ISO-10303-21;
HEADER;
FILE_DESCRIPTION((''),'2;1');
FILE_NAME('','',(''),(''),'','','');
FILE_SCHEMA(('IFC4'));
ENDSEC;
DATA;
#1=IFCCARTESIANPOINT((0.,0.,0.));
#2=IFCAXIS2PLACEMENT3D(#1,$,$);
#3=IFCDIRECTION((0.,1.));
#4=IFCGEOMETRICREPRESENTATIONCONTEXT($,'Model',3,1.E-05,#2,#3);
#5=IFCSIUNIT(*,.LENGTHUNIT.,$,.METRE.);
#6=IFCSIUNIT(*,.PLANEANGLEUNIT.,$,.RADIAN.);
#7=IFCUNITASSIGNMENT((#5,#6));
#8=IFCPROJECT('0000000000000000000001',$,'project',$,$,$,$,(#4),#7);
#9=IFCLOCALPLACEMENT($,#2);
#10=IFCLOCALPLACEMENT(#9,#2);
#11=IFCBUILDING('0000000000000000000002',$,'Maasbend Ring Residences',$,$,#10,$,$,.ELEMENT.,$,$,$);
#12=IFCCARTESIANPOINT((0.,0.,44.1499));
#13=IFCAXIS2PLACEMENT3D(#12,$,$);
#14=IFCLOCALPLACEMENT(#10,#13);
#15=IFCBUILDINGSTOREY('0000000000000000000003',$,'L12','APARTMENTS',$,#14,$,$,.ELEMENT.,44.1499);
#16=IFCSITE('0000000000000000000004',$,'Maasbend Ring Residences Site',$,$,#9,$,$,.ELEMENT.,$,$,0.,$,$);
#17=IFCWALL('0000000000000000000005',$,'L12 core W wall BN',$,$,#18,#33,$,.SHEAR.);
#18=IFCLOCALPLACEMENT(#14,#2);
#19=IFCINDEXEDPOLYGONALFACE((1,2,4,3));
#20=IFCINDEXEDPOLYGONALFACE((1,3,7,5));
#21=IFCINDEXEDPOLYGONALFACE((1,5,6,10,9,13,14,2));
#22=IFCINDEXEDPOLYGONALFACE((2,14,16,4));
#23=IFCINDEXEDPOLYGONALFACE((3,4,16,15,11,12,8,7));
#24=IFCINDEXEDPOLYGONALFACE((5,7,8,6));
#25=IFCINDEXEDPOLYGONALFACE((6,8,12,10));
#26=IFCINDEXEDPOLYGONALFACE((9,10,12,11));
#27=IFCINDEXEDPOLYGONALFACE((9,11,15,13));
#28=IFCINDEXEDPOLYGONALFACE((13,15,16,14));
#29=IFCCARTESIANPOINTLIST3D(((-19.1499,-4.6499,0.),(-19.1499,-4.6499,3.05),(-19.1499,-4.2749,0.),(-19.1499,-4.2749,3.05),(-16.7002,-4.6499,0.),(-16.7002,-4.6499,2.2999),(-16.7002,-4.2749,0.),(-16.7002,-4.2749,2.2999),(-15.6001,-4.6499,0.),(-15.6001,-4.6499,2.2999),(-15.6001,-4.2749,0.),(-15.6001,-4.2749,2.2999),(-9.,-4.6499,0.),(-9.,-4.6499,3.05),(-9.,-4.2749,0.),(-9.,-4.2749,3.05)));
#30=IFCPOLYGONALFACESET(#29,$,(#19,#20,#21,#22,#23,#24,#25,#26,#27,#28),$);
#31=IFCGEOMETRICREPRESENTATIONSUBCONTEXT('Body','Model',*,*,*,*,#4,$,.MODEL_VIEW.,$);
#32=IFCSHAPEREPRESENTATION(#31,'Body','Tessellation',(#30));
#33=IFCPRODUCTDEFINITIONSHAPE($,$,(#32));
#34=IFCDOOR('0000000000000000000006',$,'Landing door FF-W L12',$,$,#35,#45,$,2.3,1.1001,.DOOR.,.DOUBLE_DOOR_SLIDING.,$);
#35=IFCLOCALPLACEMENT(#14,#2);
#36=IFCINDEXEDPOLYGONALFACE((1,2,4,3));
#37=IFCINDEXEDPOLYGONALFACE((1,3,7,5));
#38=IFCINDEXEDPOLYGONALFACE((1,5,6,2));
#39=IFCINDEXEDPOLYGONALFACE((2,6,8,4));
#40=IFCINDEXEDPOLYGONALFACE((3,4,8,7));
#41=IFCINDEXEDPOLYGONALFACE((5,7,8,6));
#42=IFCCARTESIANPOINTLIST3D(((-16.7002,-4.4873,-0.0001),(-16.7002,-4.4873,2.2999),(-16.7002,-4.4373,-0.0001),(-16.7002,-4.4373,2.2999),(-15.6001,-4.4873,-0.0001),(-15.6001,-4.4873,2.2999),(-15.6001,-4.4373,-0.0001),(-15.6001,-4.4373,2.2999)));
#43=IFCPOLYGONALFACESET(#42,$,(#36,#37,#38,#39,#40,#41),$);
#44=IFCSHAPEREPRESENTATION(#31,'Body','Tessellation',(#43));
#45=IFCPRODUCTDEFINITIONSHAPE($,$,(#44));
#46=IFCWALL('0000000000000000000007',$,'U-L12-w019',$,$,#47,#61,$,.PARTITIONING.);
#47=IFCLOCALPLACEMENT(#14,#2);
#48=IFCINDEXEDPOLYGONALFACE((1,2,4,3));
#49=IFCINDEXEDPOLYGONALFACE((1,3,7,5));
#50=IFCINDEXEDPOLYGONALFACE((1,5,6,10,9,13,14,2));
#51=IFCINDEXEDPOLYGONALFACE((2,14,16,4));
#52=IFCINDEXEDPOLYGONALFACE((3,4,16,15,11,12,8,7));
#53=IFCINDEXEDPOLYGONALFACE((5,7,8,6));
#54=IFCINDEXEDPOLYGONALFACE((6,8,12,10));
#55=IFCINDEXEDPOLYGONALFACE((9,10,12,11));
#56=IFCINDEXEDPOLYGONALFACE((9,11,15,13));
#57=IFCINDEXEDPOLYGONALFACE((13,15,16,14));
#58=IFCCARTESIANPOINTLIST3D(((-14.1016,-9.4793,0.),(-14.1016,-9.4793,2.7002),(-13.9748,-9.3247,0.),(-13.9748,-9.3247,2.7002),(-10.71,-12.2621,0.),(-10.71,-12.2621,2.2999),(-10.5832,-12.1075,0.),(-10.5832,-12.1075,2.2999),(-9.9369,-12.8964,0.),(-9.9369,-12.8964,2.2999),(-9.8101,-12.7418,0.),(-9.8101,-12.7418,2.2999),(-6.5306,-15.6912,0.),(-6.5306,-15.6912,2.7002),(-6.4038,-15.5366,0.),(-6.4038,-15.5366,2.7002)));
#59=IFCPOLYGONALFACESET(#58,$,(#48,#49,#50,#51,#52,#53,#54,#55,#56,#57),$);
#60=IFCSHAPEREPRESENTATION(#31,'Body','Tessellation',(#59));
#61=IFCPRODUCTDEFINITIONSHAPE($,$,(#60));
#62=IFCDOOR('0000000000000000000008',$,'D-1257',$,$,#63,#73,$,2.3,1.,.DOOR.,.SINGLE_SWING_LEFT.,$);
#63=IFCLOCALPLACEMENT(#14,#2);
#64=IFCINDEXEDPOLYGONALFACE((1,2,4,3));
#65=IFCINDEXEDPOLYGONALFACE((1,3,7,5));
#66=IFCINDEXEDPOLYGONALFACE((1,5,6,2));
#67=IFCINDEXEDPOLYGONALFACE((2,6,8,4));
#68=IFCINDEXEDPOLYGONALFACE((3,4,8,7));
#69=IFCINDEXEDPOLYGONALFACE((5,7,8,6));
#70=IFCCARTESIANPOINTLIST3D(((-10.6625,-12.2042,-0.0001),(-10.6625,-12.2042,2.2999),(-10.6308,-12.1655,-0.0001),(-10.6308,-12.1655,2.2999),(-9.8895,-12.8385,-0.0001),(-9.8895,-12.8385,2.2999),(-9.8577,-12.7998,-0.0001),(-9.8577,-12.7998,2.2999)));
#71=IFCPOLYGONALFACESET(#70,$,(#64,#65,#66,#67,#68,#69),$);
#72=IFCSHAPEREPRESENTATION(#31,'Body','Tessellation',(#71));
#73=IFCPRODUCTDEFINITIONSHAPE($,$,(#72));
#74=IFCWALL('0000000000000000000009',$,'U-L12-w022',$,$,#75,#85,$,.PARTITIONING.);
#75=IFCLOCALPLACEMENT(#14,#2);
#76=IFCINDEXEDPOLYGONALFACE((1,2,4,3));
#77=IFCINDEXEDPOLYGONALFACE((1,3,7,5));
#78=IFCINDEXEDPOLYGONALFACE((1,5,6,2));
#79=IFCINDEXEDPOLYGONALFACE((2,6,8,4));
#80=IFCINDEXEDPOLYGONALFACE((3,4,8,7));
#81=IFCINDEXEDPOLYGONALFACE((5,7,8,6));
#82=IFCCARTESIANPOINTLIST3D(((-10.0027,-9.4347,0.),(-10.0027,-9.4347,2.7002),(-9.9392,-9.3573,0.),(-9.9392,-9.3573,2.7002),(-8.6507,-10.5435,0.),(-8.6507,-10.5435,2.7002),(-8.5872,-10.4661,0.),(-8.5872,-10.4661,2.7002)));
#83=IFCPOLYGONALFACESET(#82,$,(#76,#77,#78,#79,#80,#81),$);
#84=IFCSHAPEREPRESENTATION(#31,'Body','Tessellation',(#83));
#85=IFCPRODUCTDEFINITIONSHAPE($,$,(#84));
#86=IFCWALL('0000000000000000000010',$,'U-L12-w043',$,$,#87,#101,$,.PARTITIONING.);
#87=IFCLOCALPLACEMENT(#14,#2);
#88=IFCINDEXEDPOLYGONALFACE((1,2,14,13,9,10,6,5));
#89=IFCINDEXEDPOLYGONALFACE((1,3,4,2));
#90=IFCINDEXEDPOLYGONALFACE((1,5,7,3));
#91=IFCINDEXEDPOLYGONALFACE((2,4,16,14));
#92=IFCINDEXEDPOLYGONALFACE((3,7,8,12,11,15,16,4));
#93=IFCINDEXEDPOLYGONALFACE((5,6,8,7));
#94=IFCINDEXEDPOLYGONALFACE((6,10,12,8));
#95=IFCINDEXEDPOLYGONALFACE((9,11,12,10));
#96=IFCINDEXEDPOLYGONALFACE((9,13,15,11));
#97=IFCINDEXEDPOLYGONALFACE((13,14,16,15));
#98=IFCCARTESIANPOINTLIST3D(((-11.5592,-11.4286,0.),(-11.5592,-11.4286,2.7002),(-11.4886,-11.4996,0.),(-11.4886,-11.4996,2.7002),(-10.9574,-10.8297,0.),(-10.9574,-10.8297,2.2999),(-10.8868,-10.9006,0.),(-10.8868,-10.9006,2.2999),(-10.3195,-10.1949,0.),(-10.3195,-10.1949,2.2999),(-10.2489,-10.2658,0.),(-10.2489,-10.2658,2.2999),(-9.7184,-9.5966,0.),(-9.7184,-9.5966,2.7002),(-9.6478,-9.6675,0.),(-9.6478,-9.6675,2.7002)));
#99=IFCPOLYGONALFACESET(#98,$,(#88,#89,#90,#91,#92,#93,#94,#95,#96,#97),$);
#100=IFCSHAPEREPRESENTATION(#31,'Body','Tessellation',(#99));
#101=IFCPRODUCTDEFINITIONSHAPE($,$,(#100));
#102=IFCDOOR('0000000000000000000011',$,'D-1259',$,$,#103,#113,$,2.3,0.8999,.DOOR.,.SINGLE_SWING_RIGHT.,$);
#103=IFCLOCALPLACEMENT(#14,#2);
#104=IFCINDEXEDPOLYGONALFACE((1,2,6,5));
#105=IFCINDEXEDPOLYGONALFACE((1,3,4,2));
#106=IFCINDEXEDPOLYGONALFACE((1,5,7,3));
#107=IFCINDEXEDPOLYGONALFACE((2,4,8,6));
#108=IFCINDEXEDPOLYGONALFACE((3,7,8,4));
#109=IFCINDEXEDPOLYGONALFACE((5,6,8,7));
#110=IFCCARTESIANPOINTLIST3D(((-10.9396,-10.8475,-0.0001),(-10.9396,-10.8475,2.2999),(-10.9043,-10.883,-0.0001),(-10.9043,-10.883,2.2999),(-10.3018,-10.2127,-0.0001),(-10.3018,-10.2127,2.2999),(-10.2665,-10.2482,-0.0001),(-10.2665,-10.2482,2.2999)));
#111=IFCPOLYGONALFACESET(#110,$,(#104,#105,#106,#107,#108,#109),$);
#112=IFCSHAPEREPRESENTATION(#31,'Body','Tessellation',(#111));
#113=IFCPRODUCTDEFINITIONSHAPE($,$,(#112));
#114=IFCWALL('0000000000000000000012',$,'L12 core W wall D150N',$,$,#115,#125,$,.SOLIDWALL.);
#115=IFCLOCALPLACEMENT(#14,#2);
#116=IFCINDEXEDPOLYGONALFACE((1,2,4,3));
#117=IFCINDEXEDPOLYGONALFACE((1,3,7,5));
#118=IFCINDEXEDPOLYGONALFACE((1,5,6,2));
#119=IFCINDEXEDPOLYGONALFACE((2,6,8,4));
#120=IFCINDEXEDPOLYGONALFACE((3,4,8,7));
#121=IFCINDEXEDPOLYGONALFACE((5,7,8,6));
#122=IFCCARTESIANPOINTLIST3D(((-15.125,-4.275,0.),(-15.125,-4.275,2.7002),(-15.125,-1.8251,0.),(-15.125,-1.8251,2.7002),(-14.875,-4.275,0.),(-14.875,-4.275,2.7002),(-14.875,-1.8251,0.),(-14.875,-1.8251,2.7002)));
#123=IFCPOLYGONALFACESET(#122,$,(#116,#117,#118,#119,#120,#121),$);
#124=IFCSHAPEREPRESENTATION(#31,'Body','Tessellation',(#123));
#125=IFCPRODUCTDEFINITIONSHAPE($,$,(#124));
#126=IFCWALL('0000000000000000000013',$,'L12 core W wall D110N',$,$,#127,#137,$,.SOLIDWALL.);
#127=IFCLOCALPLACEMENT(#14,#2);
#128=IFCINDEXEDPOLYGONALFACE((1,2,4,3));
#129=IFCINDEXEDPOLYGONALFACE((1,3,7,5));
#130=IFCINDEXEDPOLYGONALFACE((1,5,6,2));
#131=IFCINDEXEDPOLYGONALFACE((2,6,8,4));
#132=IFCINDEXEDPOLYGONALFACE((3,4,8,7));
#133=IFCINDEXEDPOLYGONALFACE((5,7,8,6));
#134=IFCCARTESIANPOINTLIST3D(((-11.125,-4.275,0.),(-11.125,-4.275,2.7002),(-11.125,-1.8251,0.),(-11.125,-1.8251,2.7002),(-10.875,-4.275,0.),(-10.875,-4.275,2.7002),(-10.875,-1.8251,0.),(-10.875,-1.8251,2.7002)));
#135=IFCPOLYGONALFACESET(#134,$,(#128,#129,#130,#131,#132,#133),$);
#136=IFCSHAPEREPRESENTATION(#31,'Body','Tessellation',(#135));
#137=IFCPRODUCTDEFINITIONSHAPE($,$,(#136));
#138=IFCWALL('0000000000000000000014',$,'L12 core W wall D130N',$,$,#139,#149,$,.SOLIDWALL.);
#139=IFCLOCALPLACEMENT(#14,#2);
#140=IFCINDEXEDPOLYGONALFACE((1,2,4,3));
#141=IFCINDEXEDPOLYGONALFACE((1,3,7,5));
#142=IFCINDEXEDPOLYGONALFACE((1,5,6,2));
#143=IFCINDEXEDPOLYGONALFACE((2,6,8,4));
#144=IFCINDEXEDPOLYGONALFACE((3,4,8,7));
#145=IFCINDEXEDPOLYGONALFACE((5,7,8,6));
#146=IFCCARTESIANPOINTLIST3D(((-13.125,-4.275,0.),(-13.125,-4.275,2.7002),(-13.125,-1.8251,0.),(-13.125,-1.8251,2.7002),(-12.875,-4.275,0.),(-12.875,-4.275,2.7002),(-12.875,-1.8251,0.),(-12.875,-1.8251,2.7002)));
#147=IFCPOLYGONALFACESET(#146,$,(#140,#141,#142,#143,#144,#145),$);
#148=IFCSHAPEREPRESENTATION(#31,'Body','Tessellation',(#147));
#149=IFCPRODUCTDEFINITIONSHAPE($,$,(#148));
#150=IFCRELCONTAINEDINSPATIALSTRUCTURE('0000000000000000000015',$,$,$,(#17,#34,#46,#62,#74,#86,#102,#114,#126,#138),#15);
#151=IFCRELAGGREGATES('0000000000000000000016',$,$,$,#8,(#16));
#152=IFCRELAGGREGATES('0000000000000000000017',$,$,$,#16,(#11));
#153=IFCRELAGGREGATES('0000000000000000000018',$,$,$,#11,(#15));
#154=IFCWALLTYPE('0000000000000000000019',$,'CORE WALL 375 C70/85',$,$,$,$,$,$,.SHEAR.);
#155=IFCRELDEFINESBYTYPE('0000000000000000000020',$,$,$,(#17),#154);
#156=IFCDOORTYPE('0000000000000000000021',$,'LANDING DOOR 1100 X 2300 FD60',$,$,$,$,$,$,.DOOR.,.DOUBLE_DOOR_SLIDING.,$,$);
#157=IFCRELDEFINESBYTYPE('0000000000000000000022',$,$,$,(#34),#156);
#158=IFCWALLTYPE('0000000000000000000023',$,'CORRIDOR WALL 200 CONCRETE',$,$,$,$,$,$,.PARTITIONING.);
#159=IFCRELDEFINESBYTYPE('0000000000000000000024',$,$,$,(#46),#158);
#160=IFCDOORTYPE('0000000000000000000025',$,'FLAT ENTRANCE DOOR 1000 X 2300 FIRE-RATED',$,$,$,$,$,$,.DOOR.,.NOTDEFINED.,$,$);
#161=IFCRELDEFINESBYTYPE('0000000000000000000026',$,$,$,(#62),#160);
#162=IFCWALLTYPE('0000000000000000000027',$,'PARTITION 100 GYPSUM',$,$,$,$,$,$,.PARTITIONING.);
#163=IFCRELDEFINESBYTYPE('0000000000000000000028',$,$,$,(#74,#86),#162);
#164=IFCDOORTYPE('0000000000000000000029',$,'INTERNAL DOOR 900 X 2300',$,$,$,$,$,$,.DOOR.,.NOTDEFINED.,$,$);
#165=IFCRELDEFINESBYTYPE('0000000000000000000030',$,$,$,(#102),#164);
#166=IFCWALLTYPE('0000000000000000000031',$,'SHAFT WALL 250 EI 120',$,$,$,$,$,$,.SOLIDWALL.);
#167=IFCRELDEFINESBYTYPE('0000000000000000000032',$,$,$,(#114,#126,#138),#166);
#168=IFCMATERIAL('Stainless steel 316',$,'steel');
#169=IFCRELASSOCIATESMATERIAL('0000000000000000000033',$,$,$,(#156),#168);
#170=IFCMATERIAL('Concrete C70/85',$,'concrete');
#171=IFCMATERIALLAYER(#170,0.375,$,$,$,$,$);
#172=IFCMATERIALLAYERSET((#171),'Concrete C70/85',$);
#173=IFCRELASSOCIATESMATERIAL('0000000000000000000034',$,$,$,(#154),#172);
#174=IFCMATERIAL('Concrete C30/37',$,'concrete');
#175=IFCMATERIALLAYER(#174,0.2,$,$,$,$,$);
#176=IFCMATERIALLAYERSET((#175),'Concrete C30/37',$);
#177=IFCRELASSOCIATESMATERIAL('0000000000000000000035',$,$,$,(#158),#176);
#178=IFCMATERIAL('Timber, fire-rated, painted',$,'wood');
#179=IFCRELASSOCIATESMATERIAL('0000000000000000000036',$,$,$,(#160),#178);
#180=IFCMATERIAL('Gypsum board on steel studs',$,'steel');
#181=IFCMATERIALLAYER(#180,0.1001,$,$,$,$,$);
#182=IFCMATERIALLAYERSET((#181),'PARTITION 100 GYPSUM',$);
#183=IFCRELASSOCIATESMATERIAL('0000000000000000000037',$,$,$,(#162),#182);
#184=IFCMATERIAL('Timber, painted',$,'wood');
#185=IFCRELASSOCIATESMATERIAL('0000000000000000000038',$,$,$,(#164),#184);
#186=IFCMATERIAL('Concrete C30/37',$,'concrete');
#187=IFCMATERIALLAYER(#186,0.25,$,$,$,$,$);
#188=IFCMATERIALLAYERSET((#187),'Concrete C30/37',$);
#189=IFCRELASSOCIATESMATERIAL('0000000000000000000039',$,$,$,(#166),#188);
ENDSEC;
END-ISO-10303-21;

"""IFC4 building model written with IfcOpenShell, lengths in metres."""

from ifc_helpers import new_model, si_unit, direction, frame, frame_2d, origin, place, context, subcontext, project, spatial, rectangle, extrude, material, layer, layer_set, type_object, element, fill, save


model = new_model("IFC4")

# Units and contexts
model_context = context("Model", 3, precision=1e-05, world=origin(), true_north=direction((0.0, 1.0)))
body_context = subcontext(model_context, "Body", "Model", "MODEL_VIEW")
ifc_project = project(units=[si_unit("LENGTHUNIT", "METRE"), si_unit("PLANEANGLEUNIT", "RADIAN")], contexts=[model_context])

# Site, building, storey
site_placement = place(None, origin())
site = spatial("IfcSite", under=ifc_project, at=site_placement, Name="Maasbend Ring Residences Site", CompositionType="ELEMENT", RefElevation=0.0)
building_placement = place(site_placement, origin())
building = spatial("IfcBuilding", under=site, at=building_placement, Name="Maasbend Ring Residences", CompositionType="ELEMENT")
storey_placement = place(building_placement, frame((0.0, 0.0, 44.1499)))
storey = spatial("IfcBuildingStorey", under=building, at=storey_placement, Name="L12", Description="APARTMENTS", CompositionType="ELEMENT", Elevation=44.1499)

# Shared definitions
ifc_material_1 = material(Name="Stainless steel 316", Category="steel")
door_type_1 = type_object("IfcDoorType", Name="LANDING DOOR 1100 X 2300 FD60", OperationType="DOUBLE_DOOR_SLIDING", PredefinedType="DOOR", material=ifc_material_1)

# Walls, openings, doors
ifc_material_2 = material(Name="Concrete C70/85", Category="concrete")
ifc_layer_1 = layer(ifc_material_2, 0.375)
ifc_layer_set_1 = layer_set([ifc_layer_1], Name="Concrete C70/85")
wall_type_1 = type_object("IfcWallType", Name="CORE WALL 375 C70/85", PredefinedType="SHEAR", material=ifc_layer_set_1)
wall_1_placement = place(storey_placement, frame((-9.0, -4.4624, 0.0), z_axis=(0.0, 0.0, 1.0), x_axis=(-1.0, 0.0, 0.0)))
wall_1 = element("IfcWall", 1, at=wall_1_placement, inside=storey, type_object=wall_type_1, Name="L12 core W wall BN", PredefinedType="SHEAR", context=body_context, shape_type="SweptSolid", body=[
    extrude(rectangle(XDim=10.1499, YDim=0.375, at=frame_2d((5.075, 0.0))), origin(), (0.0, 0.0, 1.0), 3.05),
])
opening_1_placement = place(wall_1_placement, frame((6.6001, 0.0, 0.0)))
opening_1 = element("IfcOpeningElement", 2, at=opening_1_placement, cuts=wall_1, PredefinedType="OPENING", context=body_context, shape_type="SweptSolid", body=[
    extrude(rectangle(XDim=1.1001, YDim=2.3, at=frame_2d((0.55, 1.1499))), frame((0.0, 0.1975, 0.0), z_axis=(0.0, -1.0, 0.0), x_axis=(1.0, 0.0, 0.0)), (0.0, 0.0, 1.0), 0.395),
])
door_1_placement = place(opening_1_placement, origin())
door_1 = element("IfcDoor", 3, at=door_1_placement, inside=storey, type_object=door_type_1, Name="Landing door FF-W L12", OperationType="DOUBLE_DOOR_SLIDING", OverallHeight=2.3, OverallWidth=1.1001, PredefinedType="DOOR", context=body_context, shape_type="SweptSolid", body=[
    extrude(rectangle(XDim=1.1001, YDim=2.3, at=frame_2d((0.55, 1.1499))), frame((0.0, 0.0249, 0.0), z_axis=(0.0, -1.0, 0.0), x_axis=(1.0, 0.0, 0.0)), (0.0, 0.0, 1.0), 0.05),
])
fill(opening_1, door_1)
ifc_material_3 = material(Name="Concrete C30/37", Category="concrete")
ifc_layer_2 = layer(ifc_material_3, 0.2)
ifc_layer_set_2 = layer_set([ifc_layer_2], Name="Concrete C30/37")
wall_type_2 = type_object("IfcWallType", Name="CORRIDOR WALL 200 CONCRETE", PredefinedType="PARTITIONING", material=ifc_layer_set_2)
wall_2_placement = place(storey_placement, frame((-14.0381, -9.4021, 0.0), z_axis=(0.0, 0.0, 1.0), x_axis=(0.773085, -0.634303, 0.0)))
wall_2 = element("IfcWall", 4, at=wall_2_placement, inside=storey, type_object=wall_type_2, Name="U-L12-w019", PredefinedType="PARTITIONING", context=body_context, shape_type="SweptSolid", body=[
    extrude(rectangle(XDim=9.7932, YDim=0.2, at=frame_2d((4.8965, 0.0))), origin(), (0.0, 0.0, 1.0), 2.7002),
])
opening_2_placement = place(wall_2_placement, frame((4.387, 0.0, 0.0)))
opening_2 = element("IfcOpeningElement", 5, at=opening_2_placement, cuts=wall_2, PredefinedType="OPENING", context=body_context, shape_type="SweptSolid", body=[
    extrude(rectangle(XDim=1.0, YDim=2.3, at=frame_2d((0.5, 1.1499))), frame((0.0, 0.1099, 0.0), z_axis=(0.0, -1.0, 0.0), x_axis=(1.0, 0.0, 0.0)), (0.0, 0.0, 1.0), 0.22),
])
ifc_material_4 = material(Name="Timber, fire-rated, painted", Category="wood")
door_type_2 = type_object("IfcDoorType", Name="FLAT ENTRANCE DOOR 1000 X 2300 FIRE-RATED", OperationType="NOTDEFINED", PredefinedType="DOOR", material=ifc_material_4)
door_2_placement = place(opening_2_placement, origin())
door_2 = element("IfcDoor", 6, at=door_2_placement, inside=storey, type_object=door_type_2, Name="D-1257", OperationType="SINGLE_SWING_LEFT", OverallHeight=2.3, OverallWidth=1.0, PredefinedType="DOOR", context=body_context, shape_type="SweptSolid", body=[
    extrude(rectangle(XDim=1.0, YDim=2.3, at=frame_2d((0.5, 1.1499))), frame((0.0, 0.0249, 0.0), z_axis=(0.0, -1.0, 0.0), x_axis=(1.0, 0.0, 0.0)), (0.0, 0.0, 1.0), 0.05),
])
fill(opening_2, door_2)

# Wall
ifc_material_5 = material(Name="Gypsum board on steel studs", Category="steel")
ifc_layer_3 = layer(ifc_material_5, 0.1001)
ifc_layer_set_3 = layer_set([ifc_layer_3], Name="PARTITION 100 GYPSUM")
wall_type_3 = type_object("IfcWallType", Name="PARTITION 100 GYPSUM", PredefinedType="PARTITIONING", material=ifc_layer_set_3)
wall_3_placement = place(storey_placement, frame((-9.9709, -9.396, 0.0), z_axis=(0.0, 0.0, 1.0), x_axis=(0.77321, -0.63415, 0.0)))
element("IfcWall", 7, at=wall_3_placement, inside=storey, type_object=wall_type_3, Name="U-L12-w022", PredefinedType="PARTITIONING", context=body_context, shape_type="SweptSolid", body=[
    extrude(rectangle(XDim=1.7485, YDim=0.1001, at=frame_2d((0.8743, 0.0))), origin(), (0.0, 0.0, 1.0), 2.7002),
])

# Wall, opening, door
wall_4_placement = place(storey_placement, frame((-11.5239, -11.4641, 0.0), z_axis=(0.0, 0.0, 1.0), x_axis=(0.708797, 0.705413, 0.0)))
wall_4 = element("IfcWall", 8, at=wall_4_placement, inside=storey, type_object=wall_type_3, Name="U-L12-w043", PredefinedType="PARTITIONING", context=body_context, shape_type="SweptSolid", body=[
    extrude(rectangle(XDim=2.5972, YDim=0.1001, at=frame_2d((1.2986, 0.0))), origin(), (0.0, 0.0, 1.0), 2.7002),
])
opening_3_placement = place(wall_4_placement, frame((0.8491, 0.0, 0.0)))
opening_3 = element("IfcOpeningElement", 9, at=opening_3_placement, cuts=wall_4, PredefinedType="OPENING", context=body_context, shape_type="SweptSolid", body=[
    extrude(rectangle(XDim=0.8999, YDim=2.3, at=frame_2d((0.45, 1.1499))), frame((0.0, 0.0601, 0.0), z_axis=(0.0, -1.0, 0.0), x_axis=(1.0, 0.0, 0.0)), (0.0, 0.0, 1.0), 0.1201),
])
ifc_material_6 = material(Name="Timber, painted", Category="wood")
door_type_3 = type_object("IfcDoorType", Name="INTERNAL DOOR 900 X 2300", OperationType="NOTDEFINED", PredefinedType="DOOR", material=ifc_material_6)
door_3_placement = place(opening_3_placement, origin())
door_3 = element("IfcDoor", 10, at=door_3_placement, inside=storey, type_object=door_type_3, Name="D-1259", OperationType="SINGLE_SWING_RIGHT", OverallHeight=2.3, OverallWidth=0.8999, PredefinedType="DOOR", context=body_context, shape_type="SweptSolid", body=[
    extrude(rectangle(XDim=0.8999, YDim=2.3, at=frame_2d((0.45, 1.1499))), frame((0.0, 0.0249, 0.0), z_axis=(0.0, -1.0, 0.0), x_axis=(1.0, 0.0, 0.0)), (0.0, 0.0, 1.0), 0.05),
])
fill(opening_3, door_3)

# Walls
ifc_material_7 = material(Name="Concrete C30/37", Category="concrete")
ifc_layer_4 = layer(ifc_material_7, 0.25)
ifc_layer_set_4 = layer_set([ifc_layer_4], Name="Concrete C30/37")
wall_type_4 = type_object("IfcWallType", Name="SHAFT WALL 250 EI 120", PredefinedType="SOLIDWALL", material=ifc_layer_set_4)
for number, where, z_axis, x_axis, name in (
    (11, (-15.0, -1.825, 0.0), (0.0, 0.0, 1.0), (0.0, -1.0, 0.0), "L12 core W wall D150N"),
    (12, (-11.0, -1.825, 0.0), (0.0, 0.0, 1.0), (0.0, -1.0, 0.0), "L12 core W wall D110N"),
    (13, (-13.0, -1.825, 0.0), (0.0, 0.0, 1.0), (0.0, -1.0, 0.0), "L12 core W wall D130N"),
):
    element("IfcWall", number, at=place(storey_placement, frame(where, z_axis=z_axis, x_axis=x_axis)), inside=storey, type_object=wall_type_4, Name=name, PredefinedType="SOLIDWALL", context=body_context, shape_type="SweptSolid", body=[
        extrude(rectangle(XDim=2.45, YDim=0.25, at=frame_2d((1.2251, 0.0))), origin(), (0.0, 0.0, 1.0), 2.7002),
    ])

save(model, "model.ifc")
